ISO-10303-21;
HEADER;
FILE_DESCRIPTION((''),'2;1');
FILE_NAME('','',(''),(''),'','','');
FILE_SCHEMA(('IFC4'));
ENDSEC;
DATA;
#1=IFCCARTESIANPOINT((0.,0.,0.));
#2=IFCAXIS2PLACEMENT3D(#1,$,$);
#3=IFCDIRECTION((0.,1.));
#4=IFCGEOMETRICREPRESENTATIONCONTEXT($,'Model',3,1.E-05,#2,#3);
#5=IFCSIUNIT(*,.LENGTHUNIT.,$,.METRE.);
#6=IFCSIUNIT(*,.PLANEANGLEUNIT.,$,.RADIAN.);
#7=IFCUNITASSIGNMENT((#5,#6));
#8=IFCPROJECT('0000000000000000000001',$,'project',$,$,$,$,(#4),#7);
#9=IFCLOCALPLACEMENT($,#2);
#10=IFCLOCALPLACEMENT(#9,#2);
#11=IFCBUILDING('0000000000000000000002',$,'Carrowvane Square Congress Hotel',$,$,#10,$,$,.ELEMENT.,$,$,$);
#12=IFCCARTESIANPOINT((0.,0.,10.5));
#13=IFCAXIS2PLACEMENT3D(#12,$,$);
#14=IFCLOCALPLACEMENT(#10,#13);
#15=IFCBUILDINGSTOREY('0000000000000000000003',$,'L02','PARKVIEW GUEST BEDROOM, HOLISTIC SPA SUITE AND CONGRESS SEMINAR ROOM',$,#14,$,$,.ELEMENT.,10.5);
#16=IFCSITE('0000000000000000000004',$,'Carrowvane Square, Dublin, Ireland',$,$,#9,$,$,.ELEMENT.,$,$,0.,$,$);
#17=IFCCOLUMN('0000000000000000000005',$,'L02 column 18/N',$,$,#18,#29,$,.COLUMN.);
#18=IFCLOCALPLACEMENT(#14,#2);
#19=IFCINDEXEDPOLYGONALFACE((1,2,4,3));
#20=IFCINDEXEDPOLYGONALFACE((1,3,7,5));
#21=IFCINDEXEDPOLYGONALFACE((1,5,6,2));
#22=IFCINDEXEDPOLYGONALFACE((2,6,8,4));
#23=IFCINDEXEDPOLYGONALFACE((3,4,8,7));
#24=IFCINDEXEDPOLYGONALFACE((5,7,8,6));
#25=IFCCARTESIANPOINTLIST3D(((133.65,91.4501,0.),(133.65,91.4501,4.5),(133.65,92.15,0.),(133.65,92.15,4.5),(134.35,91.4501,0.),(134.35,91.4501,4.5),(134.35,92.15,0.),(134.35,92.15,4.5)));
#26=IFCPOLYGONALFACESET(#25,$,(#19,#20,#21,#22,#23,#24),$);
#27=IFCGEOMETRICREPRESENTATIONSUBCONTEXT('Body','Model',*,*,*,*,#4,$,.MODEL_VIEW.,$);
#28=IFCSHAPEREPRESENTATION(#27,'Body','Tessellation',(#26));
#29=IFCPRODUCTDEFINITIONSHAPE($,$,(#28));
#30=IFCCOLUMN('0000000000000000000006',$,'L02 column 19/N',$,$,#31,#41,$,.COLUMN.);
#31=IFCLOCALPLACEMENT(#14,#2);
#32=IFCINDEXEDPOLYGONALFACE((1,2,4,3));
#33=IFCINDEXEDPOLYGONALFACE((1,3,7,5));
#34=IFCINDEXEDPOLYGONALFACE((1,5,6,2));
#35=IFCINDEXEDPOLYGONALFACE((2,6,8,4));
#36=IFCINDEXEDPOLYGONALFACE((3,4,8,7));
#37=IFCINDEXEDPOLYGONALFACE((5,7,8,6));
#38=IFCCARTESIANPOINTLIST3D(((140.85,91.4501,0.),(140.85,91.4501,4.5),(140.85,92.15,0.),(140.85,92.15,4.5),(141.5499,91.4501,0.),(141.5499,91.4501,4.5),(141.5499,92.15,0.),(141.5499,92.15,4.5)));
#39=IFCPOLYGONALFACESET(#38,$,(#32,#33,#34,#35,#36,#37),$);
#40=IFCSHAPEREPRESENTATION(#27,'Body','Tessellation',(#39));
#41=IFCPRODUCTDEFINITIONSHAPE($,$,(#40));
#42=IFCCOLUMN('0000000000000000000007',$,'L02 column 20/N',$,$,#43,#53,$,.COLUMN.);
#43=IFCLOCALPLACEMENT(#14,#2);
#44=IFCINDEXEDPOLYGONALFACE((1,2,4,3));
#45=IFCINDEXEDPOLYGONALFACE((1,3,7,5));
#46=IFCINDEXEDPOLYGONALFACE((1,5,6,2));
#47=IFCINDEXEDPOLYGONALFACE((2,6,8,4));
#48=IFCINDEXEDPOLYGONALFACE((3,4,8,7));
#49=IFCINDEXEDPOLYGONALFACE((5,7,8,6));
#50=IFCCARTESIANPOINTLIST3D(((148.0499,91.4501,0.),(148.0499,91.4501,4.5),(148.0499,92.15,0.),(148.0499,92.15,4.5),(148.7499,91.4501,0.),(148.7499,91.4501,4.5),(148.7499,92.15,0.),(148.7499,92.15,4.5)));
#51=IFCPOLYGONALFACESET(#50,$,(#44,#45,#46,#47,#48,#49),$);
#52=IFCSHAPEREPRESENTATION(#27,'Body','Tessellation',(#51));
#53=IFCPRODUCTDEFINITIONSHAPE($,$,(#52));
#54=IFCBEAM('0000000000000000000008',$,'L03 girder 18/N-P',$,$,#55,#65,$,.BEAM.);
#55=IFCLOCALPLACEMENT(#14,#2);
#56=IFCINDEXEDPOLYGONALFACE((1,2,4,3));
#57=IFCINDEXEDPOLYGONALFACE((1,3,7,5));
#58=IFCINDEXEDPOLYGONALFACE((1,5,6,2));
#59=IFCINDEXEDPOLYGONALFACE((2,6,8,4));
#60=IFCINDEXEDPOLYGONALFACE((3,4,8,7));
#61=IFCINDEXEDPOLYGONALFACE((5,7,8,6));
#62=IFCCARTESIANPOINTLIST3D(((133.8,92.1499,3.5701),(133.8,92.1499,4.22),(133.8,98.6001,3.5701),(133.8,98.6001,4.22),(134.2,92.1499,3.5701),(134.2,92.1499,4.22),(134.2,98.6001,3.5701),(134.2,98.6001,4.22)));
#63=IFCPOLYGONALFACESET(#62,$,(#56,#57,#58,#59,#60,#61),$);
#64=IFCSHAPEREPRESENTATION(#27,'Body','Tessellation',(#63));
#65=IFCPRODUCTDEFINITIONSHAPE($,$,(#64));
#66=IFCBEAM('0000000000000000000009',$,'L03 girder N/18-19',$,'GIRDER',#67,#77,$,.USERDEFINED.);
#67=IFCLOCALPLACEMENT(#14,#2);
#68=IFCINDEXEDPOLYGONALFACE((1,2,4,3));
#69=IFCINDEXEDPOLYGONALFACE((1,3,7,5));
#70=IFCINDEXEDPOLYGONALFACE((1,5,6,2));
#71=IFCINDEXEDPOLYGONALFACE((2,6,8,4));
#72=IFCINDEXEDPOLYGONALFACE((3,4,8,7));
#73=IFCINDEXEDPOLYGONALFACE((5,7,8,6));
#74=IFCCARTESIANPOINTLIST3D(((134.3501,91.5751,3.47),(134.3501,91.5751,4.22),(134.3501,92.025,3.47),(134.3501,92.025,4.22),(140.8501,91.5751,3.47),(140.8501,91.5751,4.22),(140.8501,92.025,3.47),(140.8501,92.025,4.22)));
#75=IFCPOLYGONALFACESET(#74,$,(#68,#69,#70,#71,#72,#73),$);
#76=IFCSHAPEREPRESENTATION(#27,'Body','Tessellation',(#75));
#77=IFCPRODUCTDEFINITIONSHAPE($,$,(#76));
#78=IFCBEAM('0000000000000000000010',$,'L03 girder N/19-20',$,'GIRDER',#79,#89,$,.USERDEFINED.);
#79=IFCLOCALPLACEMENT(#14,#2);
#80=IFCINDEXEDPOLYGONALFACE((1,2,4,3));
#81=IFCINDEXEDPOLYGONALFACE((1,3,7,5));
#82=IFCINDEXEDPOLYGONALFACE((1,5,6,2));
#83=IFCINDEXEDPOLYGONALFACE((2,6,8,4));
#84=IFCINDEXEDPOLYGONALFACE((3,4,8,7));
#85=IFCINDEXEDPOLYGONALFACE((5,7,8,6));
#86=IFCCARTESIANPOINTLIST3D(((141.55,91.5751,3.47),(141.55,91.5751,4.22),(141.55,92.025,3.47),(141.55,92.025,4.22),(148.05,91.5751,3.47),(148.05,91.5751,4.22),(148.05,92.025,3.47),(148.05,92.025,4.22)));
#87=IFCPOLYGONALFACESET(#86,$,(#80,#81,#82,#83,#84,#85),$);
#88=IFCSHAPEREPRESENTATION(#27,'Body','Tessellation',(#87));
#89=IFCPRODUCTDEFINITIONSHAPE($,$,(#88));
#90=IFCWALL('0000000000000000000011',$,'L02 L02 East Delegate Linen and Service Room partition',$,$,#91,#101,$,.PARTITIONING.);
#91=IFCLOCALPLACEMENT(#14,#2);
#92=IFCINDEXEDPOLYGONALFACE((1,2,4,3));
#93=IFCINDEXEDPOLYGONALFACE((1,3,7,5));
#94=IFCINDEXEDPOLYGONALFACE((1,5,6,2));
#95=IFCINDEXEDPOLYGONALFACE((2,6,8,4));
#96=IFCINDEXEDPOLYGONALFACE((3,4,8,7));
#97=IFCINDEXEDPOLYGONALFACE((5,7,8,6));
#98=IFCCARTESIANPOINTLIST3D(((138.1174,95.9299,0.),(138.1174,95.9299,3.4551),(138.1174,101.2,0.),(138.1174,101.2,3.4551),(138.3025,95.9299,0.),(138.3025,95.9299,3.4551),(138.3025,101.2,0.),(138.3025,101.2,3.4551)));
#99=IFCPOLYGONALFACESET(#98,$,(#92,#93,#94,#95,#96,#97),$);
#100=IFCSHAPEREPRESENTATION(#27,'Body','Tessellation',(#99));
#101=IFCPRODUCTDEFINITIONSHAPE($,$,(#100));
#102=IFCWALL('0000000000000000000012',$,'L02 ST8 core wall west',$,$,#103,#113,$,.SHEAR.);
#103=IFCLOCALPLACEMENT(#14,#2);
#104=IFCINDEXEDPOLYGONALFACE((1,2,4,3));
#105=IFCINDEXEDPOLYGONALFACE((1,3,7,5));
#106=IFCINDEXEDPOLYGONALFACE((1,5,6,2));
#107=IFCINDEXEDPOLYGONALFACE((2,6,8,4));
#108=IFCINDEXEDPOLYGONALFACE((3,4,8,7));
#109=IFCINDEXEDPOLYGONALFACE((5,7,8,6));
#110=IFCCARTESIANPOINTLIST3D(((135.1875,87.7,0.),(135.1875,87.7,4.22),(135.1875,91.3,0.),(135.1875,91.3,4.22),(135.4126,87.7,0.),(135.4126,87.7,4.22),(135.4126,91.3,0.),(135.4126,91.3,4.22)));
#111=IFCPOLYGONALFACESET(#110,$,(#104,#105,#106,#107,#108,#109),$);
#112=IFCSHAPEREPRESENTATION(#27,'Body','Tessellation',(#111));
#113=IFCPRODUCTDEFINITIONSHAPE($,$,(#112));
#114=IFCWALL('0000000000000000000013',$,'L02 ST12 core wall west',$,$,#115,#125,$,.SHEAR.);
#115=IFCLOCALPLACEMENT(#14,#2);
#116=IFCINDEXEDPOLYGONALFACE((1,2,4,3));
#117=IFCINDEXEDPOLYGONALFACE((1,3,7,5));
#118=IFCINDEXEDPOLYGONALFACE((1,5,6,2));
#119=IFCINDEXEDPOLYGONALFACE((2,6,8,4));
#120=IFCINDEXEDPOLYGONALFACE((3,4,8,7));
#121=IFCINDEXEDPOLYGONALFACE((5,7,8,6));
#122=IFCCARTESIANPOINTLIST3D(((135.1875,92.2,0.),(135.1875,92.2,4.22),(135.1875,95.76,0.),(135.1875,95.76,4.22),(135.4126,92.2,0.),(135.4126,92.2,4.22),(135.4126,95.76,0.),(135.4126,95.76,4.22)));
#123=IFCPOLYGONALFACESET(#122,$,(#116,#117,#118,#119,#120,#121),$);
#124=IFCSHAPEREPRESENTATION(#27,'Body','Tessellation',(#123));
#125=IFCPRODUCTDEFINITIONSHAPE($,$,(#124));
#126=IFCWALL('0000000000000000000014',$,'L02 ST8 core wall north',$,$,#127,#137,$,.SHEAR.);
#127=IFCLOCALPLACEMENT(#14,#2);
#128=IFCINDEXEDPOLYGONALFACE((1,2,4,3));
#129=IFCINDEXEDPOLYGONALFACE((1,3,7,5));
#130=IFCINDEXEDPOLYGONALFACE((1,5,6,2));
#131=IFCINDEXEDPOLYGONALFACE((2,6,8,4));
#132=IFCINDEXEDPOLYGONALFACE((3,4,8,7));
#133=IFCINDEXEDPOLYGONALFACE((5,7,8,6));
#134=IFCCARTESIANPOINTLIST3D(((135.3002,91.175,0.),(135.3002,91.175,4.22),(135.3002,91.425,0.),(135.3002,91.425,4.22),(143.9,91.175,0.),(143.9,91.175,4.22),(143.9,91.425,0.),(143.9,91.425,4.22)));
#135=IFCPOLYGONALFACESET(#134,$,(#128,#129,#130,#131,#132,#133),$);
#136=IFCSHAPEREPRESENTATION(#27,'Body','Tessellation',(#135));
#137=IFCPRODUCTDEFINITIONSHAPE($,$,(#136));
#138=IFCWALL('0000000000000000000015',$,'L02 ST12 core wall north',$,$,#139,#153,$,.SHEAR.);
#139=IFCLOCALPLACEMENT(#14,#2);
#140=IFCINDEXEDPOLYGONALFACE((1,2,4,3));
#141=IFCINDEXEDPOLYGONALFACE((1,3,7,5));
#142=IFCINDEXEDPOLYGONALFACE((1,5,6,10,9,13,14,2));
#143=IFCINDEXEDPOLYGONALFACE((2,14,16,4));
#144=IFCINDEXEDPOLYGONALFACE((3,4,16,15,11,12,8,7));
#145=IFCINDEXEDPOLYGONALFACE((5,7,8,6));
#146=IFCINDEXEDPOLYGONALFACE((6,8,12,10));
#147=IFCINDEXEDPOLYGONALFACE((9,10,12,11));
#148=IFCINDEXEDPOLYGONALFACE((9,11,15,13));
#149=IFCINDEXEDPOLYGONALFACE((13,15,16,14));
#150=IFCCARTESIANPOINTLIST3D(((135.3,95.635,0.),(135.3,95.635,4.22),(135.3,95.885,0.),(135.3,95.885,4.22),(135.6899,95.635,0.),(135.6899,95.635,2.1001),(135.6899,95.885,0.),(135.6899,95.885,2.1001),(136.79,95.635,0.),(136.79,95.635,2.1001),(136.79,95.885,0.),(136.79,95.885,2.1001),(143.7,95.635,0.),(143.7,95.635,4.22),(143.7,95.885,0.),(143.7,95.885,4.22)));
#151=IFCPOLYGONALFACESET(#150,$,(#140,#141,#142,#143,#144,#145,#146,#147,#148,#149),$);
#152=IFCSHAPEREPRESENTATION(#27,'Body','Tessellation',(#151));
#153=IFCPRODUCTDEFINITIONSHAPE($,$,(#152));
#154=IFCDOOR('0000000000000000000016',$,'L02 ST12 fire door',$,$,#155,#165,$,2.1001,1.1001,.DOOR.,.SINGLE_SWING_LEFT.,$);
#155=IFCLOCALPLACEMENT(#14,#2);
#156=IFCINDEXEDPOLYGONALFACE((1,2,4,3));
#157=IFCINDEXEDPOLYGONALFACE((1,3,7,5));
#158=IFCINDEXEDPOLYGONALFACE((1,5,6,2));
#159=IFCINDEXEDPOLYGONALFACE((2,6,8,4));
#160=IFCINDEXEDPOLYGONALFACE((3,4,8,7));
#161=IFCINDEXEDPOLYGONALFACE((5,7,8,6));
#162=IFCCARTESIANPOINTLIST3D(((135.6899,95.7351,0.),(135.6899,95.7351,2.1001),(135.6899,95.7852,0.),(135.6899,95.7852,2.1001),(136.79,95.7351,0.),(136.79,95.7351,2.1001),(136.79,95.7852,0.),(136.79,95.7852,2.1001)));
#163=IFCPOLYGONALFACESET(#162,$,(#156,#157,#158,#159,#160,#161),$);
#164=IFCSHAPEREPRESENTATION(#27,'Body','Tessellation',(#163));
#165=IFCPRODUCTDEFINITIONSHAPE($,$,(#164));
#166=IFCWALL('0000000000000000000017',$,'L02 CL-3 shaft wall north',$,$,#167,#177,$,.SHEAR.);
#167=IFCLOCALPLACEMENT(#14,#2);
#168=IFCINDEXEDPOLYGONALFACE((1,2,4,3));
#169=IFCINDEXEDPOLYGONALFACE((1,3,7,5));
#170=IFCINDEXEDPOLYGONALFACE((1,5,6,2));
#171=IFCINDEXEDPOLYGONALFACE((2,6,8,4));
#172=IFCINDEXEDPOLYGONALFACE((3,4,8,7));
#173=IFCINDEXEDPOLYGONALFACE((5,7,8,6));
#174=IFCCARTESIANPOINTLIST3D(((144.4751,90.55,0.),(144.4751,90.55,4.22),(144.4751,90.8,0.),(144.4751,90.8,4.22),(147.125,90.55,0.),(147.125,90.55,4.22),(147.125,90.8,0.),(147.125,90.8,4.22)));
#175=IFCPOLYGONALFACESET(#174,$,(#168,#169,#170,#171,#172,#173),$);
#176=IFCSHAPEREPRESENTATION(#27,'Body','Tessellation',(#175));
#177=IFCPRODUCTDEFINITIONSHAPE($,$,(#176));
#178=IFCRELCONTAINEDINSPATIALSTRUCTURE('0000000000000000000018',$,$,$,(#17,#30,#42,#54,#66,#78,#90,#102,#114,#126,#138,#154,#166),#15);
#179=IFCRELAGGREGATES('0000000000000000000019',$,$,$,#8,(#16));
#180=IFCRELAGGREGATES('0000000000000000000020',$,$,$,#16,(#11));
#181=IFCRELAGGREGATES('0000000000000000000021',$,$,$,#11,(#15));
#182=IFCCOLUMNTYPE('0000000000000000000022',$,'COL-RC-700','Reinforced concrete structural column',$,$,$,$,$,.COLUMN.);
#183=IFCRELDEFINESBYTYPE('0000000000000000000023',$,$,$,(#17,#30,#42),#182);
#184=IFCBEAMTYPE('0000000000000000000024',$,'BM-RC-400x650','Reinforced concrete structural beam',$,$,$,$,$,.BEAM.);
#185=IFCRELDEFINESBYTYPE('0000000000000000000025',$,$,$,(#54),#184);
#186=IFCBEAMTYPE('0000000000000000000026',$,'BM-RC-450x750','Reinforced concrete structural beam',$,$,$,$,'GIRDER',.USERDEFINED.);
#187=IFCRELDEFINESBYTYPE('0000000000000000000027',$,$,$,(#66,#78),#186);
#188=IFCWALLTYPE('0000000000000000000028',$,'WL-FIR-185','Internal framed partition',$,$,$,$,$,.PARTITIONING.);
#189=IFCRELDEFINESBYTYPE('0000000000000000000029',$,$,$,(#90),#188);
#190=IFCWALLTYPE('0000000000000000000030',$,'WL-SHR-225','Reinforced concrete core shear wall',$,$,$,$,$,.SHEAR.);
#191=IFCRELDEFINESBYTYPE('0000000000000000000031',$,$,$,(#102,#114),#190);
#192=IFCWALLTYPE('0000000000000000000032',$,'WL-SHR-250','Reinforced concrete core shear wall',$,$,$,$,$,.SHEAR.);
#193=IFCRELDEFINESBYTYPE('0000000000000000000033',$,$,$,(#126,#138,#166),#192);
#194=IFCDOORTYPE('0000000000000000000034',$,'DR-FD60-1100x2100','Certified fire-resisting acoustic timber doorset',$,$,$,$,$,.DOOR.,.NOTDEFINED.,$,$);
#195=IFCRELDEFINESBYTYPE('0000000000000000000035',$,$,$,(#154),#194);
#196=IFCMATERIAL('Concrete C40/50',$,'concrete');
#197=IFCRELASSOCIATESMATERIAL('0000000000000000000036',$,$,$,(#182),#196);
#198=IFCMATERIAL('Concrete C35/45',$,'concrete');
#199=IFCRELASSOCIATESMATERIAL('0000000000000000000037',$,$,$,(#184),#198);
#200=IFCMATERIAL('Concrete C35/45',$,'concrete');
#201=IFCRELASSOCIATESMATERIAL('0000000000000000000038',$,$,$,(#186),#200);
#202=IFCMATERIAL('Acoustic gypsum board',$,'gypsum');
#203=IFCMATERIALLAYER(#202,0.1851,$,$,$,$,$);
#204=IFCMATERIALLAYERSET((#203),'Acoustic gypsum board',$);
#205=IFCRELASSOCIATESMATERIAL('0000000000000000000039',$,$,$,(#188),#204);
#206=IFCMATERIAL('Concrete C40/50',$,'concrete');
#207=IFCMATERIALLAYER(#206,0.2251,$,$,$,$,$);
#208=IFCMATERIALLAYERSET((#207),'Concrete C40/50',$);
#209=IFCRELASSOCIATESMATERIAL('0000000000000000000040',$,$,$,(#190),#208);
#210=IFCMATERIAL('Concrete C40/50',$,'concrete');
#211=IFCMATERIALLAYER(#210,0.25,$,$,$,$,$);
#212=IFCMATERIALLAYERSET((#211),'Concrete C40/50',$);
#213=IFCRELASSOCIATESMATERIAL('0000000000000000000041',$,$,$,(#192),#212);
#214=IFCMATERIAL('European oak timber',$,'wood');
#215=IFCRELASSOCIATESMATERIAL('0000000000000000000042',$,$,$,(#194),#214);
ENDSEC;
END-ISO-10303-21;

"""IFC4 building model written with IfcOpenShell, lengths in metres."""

from ifc_helpers import new_model, si_unit, direction, frame, frame_2d, origin, origin_2d, place, context, subcontext, project, spatial, rectangle, extrude, material, layer, layer_set, material_profile, profile_set, type_object, element, fill, save


model = new_model("IFC4")

# Units and contexts
model_context = context("Model", 3, precision=1e-05, world=origin(), true_north=direction((0.0, 1.0)))
body_context = subcontext(model_context, "Body", "Model", "MODEL_VIEW")
ifc_project = project(units=[si_unit("LENGTHUNIT", "METRE"), si_unit("PLANEANGLEUNIT", "RADIAN")], contexts=[model_context])

# Site, building, storey
site_placement = place(None, origin())
site = spatial("IfcSite", under=ifc_project, at=site_placement, Name="Carrowvane Square, Dublin, Ireland", CompositionType="ELEMENT", RefElevation=0.0)
building_placement = place(site_placement, origin())
building = spatial("IfcBuilding", under=site, at=building_placement, Name="Carrowvane Square Congress Hotel", CompositionType="ELEMENT")
storey_placement = place(building_placement, frame((0.0, 0.0, 10.5)))
storey = spatial("IfcBuildingStorey", under=building, at=storey_placement, Name="L02", Description="PARKVIEW GUEST BEDROOM, HOLISTIC SPA SUITE AND CONGRESS SEMINAR ROOM", CompositionType="ELEMENT", Elevation=10.5)

# Columns
ifc_material_1 = material(Name="Concrete C40/50", Category="concrete")
ifc_material_profile_1 = material_profile(ifc_material_1, rectangle(XDim=0.7, YDim=0.7, at=origin_2d()), Name="RC 700x700")
ifc_profile_set_1 = profile_set([ifc_material_profile_1], Name="Concrete C40/50")
column_type = type_object("IfcColumnType", Name="COL-RC-700", Description="Reinforced concrete structural column", PredefinedType="COLUMN", material=ifc_profile_set_1)
for number, where, z_axis, x_axis, name in (
    (1, (134.0, 91.8, 0.0), (0.0, 0.0, 1.0), (1.0, 0.0, 0.0), "L02 column 18/N"),
    (2, (141.2, 91.8, 0.0), (0.0, 0.0, 1.0), (1.0, 0.0, 0.0), "L02 column 19/N"),
    (3, (148.3999, 91.8, 0.0), (0.0, 0.0, 1.0), (1.0, 0.0, 0.0), "L02 column 20/N"),
):
    element("IfcColumn", number, at=place(storey_placement, frame(where, z_axis=z_axis, x_axis=x_axis)), inside=storey, type_object=column_type, Name=name, PredefinedType="COLUMN", context=body_context, shape_type="SweptSolid", body=[
        extrude(rectangle(XDim=0.7, YDim=0.7, at=origin_2d()), origin(), (0.0, 0.0, 1.0), 4.5),
    ])

# Beams
ifc_material_2 = material(Name="Concrete C35/45", Category="concrete")
ifc_material_profile_2 = material_profile(ifc_material_2, rectangle(XDim=0.3999, YDim=0.6499, at=origin_2d()), Name="RC 400x650")
ifc_profile_set_2 = profile_set([ifc_material_profile_2], Name="Concrete C35/45")
beam_type_1 = type_object("IfcBeamType", Name="BM-RC-400x650", Description="Reinforced concrete structural beam", PredefinedType="BEAM", material=ifc_profile_set_2)
beam_placement = place(storey_placement, frame((134.0, 92.1499, 3.895), z_axis=(0.0, 1.0, 0.0), x_axis=(-1.0, 0.0, 0.0)))
element("IfcBeam", 4, at=beam_placement, inside=storey, type_object=beam_type_1, Name="L03 girder 18/N-P", PredefinedType="BEAM", context=body_context, shape_type="SweptSolid", body=[
    extrude(rectangle(XDim=0.3999, YDim=0.6499, at=origin_2d()), origin(), (0.0, 0.0, 1.0), 6.4502),
])
ifc_material_3 = material(Name="Concrete C35/45", Category="concrete")
ifc_material_profile_3 = material_profile(ifc_material_3, rectangle(XDim=0.45, YDim=0.75, at=origin_2d()), Name="RC 450x750")
ifc_profile_set_3 = profile_set([ifc_material_profile_3], Name="Concrete C35/45")
beam_type_2 = type_object("IfcBeamType", Name="BM-RC-450x750", Description="Reinforced concrete structural beam", ElementType="GIRDER", PredefinedType="USERDEFINED", material=ifc_profile_set_3)
for number, where, z_axis, x_axis, name in (
    (5, (134.3501, 91.8, 3.845), (1.0, 0.0, 0.0), (0.0, 1.0, 0.0), "L03 girder N/18-19"),
    (6, (141.55, 91.8, 3.845), (1.0, 0.0, 0.0), (0.0, 1.0, 0.0), "L03 girder N/19-20"),
):
    element("IfcBeam", number, at=place(storey_placement, frame(where, z_axis=z_axis, x_axis=x_axis)), inside=storey, type_object=beam_type_2, Name=name, ObjectType="GIRDER", PredefinedType="USERDEFINED", context=body_context, shape_type="SweptSolid", body=[
        extrude(rectangle(XDim=0.45, YDim=0.75, at=origin_2d()), origin(), (0.0, 0.0, 1.0), 6.5),
    ])

# Walls
ifc_material_4 = material(Name="Acoustic gypsum board", Category="gypsum")
ifc_layer_1 = layer(ifc_material_4, 0.1851)
ifc_layer_set_1 = layer_set([ifc_layer_1], Name="Acoustic gypsum board")
wall_type_1 = type_object("IfcWallType", Name="WL-FIR-185", Description="Internal framed partition", PredefinedType="PARTITIONING", material=ifc_layer_set_1)
wall_1_placement = place(storey_placement, frame((138.21, 95.9299, 0.0), z_axis=(0.0, 0.0, 1.0), x_axis=(0.0, 1.0, 0.0)))
element("IfcWall", 7, at=wall_1_placement, inside=storey, type_object=wall_type_1, Name="L02 L02 East Delegate Linen and Service Room partition", PredefinedType="PARTITIONING", context=body_context, shape_type="SweptSolid", body=[
    extrude(rectangle(XDim=5.27, YDim=0.1851, at=frame_2d((2.635, 0.0))), origin(), (0.0, 0.0, 1.0), 3.4551),
])
ifc_material_5 = material(Name="Concrete C40/50", Category="concrete")
ifc_layer_2 = layer(ifc_material_5, 0.2251)
ifc_layer_set_2 = layer_set([ifc_layer_2], Name="Concrete C40/50")
wall_type_2 = type_object("IfcWallType", Name="WL-SHR-225", Description="Reinforced concrete core shear wall", PredefinedType="SHEAR", material=ifc_layer_set_2)
wall_2_placement = place(storey_placement, frame((135.3, 91.3, 0.0), z_axis=(0.0, 0.0, 1.0), x_axis=(0.0, -1.0, 0.0)))
element("IfcWall", 8, at=wall_2_placement, inside=storey, type_object=wall_type_2, Name="L02 ST8 core wall west", PredefinedType="SHEAR", context=body_context, shape_type="SweptSolid", body=[
    extrude(rectangle(XDim=3.6001, YDim=0.2251, at=frame_2d((1.8, 0.0))), origin(), (0.0, 0.0, 1.0), 4.22),
])
wall_3_placement = place(storey_placement, frame((135.3, 95.76, 0.0), z_axis=(0.0, 0.0, 1.0), x_axis=(0.0, -1.0, 0.0)))
element("IfcWall", 9, at=wall_3_placement, inside=storey, type_object=wall_type_2, Name="L02 ST12 core wall west", PredefinedType="SHEAR", context=body_context, shape_type="SweptSolid", body=[
    extrude(rectangle(XDim=3.5601, YDim=0.2251, at=frame_2d((1.78, 0.0))), origin(), (0.0, 0.0, 1.0), 4.22),
])
ifc_material_6 = material(Name="Concrete C40/50", Category="concrete")
ifc_layer_3 = layer(ifc_material_6, 0.25)
ifc_layer_set_3 = layer_set([ifc_layer_3], Name="Concrete C40/50")
wall_type_3 = type_object("IfcWallType", Name="WL-SHR-250", Description="Reinforced concrete core shear wall", PredefinedType="SHEAR", material=ifc_layer_set_3)
wall_4_placement = place(storey_placement, frame((143.8999, 91.3, 0.0), z_axis=(0.0, 0.0, 1.0), x_axis=(-1.0, 0.0, 0.0)))
element("IfcWall", 10, at=wall_4_placement, inside=storey, type_object=wall_type_3, Name="L02 ST8 core wall north", PredefinedType="SHEAR", context=body_context, shape_type="SweptSolid", body=[
    extrude(rectangle(XDim=8.5999, YDim=0.25, at=frame_2d((4.2998, 0.0))), origin(), (0.0, 0.0, 1.0), 4.22),
])

# Wall, opening, door
wall_5_placement = place(storey_placement, frame((143.7, 95.76, 0.0), z_axis=(0.0, 0.0, 1.0), x_axis=(-1.0, 0.0, 0.0)))
wall_5 = element("IfcWall", 11, at=wall_5_placement, inside=storey, type_object=wall_type_3, Name="L02 ST12 core wall north", PredefinedType="SHEAR", context=body_context, shape_type="SweptSolid", body=[
    extrude(rectangle(XDim=8.3999, YDim=0.25, at=frame_2d((4.2, 0.0))), origin(), (0.0, 0.0, 1.0), 4.22),
])
opening_placement = place(wall_5_placement, frame((6.9099, 0.0, 0.0)))
opening = element("IfcOpeningElement", 12, at=opening_placement, cuts=wall_5, PredefinedType="OPENING", context=body_context, shape_type="SweptSolid", body=[
    extrude(rectangle(XDim=1.1001, YDim=2.1001, at=frame_2d((0.55, 1.05))), frame((0.0, 0.135, 0.0), z_axis=(0.0, -1.0, 0.0), x_axis=(1.0, 0.0, 0.0)), (0.0, 0.0, 1.0), 0.27),
])
ifc_material_7 = material(Name="European oak timber", Category="wood")
door_type = type_object("IfcDoorType", Name="DR-FD60-1100x2100", Description="Certified fire-resisting acoustic timber doorset", OperationType="NOTDEFINED", PredefinedType="DOOR", material=ifc_material_7)
door_placement = place(opening_placement, origin())
door = element("IfcDoor", 13, at=door_placement, inside=storey, type_object=door_type, Name="L02 ST12 fire door", OperationType="SINGLE_SWING_LEFT", OverallHeight=2.1001, OverallWidth=1.1001, PredefinedType="DOOR", context=body_context, shape_type="SweptSolid", body=[
    extrude(rectangle(XDim=1.1001, YDim=2.1001, at=frame_2d((0.55, 1.05))), frame((0.0, 0.0249, 0.0), z_axis=(0.0, -1.0, 0.0), x_axis=(1.0, 0.0, 0.0)), (0.0, 0.0, 1.0), 0.05),
])
fill(opening, door)

# Wall
wall_6_placement = place(storey_placement, frame((147.125, 90.675, 0.0), z_axis=(0.0, 0.0, 1.0), x_axis=(-1.0, 0.0, 0.0)))
element("IfcWall", 14, at=wall_6_placement, inside=storey, type_object=wall_type_3, Name="L02 CL-3 shaft wall north", PredefinedType="SHEAR", context=body_context, shape_type="SweptSolid", body=[
    extrude(rectangle(XDim=2.6499, YDim=0.25, at=frame_2d((1.325, 0.0))), origin(), (0.0, 0.0, 1.0), 4.22),
])

save(model, "model.ifc")
